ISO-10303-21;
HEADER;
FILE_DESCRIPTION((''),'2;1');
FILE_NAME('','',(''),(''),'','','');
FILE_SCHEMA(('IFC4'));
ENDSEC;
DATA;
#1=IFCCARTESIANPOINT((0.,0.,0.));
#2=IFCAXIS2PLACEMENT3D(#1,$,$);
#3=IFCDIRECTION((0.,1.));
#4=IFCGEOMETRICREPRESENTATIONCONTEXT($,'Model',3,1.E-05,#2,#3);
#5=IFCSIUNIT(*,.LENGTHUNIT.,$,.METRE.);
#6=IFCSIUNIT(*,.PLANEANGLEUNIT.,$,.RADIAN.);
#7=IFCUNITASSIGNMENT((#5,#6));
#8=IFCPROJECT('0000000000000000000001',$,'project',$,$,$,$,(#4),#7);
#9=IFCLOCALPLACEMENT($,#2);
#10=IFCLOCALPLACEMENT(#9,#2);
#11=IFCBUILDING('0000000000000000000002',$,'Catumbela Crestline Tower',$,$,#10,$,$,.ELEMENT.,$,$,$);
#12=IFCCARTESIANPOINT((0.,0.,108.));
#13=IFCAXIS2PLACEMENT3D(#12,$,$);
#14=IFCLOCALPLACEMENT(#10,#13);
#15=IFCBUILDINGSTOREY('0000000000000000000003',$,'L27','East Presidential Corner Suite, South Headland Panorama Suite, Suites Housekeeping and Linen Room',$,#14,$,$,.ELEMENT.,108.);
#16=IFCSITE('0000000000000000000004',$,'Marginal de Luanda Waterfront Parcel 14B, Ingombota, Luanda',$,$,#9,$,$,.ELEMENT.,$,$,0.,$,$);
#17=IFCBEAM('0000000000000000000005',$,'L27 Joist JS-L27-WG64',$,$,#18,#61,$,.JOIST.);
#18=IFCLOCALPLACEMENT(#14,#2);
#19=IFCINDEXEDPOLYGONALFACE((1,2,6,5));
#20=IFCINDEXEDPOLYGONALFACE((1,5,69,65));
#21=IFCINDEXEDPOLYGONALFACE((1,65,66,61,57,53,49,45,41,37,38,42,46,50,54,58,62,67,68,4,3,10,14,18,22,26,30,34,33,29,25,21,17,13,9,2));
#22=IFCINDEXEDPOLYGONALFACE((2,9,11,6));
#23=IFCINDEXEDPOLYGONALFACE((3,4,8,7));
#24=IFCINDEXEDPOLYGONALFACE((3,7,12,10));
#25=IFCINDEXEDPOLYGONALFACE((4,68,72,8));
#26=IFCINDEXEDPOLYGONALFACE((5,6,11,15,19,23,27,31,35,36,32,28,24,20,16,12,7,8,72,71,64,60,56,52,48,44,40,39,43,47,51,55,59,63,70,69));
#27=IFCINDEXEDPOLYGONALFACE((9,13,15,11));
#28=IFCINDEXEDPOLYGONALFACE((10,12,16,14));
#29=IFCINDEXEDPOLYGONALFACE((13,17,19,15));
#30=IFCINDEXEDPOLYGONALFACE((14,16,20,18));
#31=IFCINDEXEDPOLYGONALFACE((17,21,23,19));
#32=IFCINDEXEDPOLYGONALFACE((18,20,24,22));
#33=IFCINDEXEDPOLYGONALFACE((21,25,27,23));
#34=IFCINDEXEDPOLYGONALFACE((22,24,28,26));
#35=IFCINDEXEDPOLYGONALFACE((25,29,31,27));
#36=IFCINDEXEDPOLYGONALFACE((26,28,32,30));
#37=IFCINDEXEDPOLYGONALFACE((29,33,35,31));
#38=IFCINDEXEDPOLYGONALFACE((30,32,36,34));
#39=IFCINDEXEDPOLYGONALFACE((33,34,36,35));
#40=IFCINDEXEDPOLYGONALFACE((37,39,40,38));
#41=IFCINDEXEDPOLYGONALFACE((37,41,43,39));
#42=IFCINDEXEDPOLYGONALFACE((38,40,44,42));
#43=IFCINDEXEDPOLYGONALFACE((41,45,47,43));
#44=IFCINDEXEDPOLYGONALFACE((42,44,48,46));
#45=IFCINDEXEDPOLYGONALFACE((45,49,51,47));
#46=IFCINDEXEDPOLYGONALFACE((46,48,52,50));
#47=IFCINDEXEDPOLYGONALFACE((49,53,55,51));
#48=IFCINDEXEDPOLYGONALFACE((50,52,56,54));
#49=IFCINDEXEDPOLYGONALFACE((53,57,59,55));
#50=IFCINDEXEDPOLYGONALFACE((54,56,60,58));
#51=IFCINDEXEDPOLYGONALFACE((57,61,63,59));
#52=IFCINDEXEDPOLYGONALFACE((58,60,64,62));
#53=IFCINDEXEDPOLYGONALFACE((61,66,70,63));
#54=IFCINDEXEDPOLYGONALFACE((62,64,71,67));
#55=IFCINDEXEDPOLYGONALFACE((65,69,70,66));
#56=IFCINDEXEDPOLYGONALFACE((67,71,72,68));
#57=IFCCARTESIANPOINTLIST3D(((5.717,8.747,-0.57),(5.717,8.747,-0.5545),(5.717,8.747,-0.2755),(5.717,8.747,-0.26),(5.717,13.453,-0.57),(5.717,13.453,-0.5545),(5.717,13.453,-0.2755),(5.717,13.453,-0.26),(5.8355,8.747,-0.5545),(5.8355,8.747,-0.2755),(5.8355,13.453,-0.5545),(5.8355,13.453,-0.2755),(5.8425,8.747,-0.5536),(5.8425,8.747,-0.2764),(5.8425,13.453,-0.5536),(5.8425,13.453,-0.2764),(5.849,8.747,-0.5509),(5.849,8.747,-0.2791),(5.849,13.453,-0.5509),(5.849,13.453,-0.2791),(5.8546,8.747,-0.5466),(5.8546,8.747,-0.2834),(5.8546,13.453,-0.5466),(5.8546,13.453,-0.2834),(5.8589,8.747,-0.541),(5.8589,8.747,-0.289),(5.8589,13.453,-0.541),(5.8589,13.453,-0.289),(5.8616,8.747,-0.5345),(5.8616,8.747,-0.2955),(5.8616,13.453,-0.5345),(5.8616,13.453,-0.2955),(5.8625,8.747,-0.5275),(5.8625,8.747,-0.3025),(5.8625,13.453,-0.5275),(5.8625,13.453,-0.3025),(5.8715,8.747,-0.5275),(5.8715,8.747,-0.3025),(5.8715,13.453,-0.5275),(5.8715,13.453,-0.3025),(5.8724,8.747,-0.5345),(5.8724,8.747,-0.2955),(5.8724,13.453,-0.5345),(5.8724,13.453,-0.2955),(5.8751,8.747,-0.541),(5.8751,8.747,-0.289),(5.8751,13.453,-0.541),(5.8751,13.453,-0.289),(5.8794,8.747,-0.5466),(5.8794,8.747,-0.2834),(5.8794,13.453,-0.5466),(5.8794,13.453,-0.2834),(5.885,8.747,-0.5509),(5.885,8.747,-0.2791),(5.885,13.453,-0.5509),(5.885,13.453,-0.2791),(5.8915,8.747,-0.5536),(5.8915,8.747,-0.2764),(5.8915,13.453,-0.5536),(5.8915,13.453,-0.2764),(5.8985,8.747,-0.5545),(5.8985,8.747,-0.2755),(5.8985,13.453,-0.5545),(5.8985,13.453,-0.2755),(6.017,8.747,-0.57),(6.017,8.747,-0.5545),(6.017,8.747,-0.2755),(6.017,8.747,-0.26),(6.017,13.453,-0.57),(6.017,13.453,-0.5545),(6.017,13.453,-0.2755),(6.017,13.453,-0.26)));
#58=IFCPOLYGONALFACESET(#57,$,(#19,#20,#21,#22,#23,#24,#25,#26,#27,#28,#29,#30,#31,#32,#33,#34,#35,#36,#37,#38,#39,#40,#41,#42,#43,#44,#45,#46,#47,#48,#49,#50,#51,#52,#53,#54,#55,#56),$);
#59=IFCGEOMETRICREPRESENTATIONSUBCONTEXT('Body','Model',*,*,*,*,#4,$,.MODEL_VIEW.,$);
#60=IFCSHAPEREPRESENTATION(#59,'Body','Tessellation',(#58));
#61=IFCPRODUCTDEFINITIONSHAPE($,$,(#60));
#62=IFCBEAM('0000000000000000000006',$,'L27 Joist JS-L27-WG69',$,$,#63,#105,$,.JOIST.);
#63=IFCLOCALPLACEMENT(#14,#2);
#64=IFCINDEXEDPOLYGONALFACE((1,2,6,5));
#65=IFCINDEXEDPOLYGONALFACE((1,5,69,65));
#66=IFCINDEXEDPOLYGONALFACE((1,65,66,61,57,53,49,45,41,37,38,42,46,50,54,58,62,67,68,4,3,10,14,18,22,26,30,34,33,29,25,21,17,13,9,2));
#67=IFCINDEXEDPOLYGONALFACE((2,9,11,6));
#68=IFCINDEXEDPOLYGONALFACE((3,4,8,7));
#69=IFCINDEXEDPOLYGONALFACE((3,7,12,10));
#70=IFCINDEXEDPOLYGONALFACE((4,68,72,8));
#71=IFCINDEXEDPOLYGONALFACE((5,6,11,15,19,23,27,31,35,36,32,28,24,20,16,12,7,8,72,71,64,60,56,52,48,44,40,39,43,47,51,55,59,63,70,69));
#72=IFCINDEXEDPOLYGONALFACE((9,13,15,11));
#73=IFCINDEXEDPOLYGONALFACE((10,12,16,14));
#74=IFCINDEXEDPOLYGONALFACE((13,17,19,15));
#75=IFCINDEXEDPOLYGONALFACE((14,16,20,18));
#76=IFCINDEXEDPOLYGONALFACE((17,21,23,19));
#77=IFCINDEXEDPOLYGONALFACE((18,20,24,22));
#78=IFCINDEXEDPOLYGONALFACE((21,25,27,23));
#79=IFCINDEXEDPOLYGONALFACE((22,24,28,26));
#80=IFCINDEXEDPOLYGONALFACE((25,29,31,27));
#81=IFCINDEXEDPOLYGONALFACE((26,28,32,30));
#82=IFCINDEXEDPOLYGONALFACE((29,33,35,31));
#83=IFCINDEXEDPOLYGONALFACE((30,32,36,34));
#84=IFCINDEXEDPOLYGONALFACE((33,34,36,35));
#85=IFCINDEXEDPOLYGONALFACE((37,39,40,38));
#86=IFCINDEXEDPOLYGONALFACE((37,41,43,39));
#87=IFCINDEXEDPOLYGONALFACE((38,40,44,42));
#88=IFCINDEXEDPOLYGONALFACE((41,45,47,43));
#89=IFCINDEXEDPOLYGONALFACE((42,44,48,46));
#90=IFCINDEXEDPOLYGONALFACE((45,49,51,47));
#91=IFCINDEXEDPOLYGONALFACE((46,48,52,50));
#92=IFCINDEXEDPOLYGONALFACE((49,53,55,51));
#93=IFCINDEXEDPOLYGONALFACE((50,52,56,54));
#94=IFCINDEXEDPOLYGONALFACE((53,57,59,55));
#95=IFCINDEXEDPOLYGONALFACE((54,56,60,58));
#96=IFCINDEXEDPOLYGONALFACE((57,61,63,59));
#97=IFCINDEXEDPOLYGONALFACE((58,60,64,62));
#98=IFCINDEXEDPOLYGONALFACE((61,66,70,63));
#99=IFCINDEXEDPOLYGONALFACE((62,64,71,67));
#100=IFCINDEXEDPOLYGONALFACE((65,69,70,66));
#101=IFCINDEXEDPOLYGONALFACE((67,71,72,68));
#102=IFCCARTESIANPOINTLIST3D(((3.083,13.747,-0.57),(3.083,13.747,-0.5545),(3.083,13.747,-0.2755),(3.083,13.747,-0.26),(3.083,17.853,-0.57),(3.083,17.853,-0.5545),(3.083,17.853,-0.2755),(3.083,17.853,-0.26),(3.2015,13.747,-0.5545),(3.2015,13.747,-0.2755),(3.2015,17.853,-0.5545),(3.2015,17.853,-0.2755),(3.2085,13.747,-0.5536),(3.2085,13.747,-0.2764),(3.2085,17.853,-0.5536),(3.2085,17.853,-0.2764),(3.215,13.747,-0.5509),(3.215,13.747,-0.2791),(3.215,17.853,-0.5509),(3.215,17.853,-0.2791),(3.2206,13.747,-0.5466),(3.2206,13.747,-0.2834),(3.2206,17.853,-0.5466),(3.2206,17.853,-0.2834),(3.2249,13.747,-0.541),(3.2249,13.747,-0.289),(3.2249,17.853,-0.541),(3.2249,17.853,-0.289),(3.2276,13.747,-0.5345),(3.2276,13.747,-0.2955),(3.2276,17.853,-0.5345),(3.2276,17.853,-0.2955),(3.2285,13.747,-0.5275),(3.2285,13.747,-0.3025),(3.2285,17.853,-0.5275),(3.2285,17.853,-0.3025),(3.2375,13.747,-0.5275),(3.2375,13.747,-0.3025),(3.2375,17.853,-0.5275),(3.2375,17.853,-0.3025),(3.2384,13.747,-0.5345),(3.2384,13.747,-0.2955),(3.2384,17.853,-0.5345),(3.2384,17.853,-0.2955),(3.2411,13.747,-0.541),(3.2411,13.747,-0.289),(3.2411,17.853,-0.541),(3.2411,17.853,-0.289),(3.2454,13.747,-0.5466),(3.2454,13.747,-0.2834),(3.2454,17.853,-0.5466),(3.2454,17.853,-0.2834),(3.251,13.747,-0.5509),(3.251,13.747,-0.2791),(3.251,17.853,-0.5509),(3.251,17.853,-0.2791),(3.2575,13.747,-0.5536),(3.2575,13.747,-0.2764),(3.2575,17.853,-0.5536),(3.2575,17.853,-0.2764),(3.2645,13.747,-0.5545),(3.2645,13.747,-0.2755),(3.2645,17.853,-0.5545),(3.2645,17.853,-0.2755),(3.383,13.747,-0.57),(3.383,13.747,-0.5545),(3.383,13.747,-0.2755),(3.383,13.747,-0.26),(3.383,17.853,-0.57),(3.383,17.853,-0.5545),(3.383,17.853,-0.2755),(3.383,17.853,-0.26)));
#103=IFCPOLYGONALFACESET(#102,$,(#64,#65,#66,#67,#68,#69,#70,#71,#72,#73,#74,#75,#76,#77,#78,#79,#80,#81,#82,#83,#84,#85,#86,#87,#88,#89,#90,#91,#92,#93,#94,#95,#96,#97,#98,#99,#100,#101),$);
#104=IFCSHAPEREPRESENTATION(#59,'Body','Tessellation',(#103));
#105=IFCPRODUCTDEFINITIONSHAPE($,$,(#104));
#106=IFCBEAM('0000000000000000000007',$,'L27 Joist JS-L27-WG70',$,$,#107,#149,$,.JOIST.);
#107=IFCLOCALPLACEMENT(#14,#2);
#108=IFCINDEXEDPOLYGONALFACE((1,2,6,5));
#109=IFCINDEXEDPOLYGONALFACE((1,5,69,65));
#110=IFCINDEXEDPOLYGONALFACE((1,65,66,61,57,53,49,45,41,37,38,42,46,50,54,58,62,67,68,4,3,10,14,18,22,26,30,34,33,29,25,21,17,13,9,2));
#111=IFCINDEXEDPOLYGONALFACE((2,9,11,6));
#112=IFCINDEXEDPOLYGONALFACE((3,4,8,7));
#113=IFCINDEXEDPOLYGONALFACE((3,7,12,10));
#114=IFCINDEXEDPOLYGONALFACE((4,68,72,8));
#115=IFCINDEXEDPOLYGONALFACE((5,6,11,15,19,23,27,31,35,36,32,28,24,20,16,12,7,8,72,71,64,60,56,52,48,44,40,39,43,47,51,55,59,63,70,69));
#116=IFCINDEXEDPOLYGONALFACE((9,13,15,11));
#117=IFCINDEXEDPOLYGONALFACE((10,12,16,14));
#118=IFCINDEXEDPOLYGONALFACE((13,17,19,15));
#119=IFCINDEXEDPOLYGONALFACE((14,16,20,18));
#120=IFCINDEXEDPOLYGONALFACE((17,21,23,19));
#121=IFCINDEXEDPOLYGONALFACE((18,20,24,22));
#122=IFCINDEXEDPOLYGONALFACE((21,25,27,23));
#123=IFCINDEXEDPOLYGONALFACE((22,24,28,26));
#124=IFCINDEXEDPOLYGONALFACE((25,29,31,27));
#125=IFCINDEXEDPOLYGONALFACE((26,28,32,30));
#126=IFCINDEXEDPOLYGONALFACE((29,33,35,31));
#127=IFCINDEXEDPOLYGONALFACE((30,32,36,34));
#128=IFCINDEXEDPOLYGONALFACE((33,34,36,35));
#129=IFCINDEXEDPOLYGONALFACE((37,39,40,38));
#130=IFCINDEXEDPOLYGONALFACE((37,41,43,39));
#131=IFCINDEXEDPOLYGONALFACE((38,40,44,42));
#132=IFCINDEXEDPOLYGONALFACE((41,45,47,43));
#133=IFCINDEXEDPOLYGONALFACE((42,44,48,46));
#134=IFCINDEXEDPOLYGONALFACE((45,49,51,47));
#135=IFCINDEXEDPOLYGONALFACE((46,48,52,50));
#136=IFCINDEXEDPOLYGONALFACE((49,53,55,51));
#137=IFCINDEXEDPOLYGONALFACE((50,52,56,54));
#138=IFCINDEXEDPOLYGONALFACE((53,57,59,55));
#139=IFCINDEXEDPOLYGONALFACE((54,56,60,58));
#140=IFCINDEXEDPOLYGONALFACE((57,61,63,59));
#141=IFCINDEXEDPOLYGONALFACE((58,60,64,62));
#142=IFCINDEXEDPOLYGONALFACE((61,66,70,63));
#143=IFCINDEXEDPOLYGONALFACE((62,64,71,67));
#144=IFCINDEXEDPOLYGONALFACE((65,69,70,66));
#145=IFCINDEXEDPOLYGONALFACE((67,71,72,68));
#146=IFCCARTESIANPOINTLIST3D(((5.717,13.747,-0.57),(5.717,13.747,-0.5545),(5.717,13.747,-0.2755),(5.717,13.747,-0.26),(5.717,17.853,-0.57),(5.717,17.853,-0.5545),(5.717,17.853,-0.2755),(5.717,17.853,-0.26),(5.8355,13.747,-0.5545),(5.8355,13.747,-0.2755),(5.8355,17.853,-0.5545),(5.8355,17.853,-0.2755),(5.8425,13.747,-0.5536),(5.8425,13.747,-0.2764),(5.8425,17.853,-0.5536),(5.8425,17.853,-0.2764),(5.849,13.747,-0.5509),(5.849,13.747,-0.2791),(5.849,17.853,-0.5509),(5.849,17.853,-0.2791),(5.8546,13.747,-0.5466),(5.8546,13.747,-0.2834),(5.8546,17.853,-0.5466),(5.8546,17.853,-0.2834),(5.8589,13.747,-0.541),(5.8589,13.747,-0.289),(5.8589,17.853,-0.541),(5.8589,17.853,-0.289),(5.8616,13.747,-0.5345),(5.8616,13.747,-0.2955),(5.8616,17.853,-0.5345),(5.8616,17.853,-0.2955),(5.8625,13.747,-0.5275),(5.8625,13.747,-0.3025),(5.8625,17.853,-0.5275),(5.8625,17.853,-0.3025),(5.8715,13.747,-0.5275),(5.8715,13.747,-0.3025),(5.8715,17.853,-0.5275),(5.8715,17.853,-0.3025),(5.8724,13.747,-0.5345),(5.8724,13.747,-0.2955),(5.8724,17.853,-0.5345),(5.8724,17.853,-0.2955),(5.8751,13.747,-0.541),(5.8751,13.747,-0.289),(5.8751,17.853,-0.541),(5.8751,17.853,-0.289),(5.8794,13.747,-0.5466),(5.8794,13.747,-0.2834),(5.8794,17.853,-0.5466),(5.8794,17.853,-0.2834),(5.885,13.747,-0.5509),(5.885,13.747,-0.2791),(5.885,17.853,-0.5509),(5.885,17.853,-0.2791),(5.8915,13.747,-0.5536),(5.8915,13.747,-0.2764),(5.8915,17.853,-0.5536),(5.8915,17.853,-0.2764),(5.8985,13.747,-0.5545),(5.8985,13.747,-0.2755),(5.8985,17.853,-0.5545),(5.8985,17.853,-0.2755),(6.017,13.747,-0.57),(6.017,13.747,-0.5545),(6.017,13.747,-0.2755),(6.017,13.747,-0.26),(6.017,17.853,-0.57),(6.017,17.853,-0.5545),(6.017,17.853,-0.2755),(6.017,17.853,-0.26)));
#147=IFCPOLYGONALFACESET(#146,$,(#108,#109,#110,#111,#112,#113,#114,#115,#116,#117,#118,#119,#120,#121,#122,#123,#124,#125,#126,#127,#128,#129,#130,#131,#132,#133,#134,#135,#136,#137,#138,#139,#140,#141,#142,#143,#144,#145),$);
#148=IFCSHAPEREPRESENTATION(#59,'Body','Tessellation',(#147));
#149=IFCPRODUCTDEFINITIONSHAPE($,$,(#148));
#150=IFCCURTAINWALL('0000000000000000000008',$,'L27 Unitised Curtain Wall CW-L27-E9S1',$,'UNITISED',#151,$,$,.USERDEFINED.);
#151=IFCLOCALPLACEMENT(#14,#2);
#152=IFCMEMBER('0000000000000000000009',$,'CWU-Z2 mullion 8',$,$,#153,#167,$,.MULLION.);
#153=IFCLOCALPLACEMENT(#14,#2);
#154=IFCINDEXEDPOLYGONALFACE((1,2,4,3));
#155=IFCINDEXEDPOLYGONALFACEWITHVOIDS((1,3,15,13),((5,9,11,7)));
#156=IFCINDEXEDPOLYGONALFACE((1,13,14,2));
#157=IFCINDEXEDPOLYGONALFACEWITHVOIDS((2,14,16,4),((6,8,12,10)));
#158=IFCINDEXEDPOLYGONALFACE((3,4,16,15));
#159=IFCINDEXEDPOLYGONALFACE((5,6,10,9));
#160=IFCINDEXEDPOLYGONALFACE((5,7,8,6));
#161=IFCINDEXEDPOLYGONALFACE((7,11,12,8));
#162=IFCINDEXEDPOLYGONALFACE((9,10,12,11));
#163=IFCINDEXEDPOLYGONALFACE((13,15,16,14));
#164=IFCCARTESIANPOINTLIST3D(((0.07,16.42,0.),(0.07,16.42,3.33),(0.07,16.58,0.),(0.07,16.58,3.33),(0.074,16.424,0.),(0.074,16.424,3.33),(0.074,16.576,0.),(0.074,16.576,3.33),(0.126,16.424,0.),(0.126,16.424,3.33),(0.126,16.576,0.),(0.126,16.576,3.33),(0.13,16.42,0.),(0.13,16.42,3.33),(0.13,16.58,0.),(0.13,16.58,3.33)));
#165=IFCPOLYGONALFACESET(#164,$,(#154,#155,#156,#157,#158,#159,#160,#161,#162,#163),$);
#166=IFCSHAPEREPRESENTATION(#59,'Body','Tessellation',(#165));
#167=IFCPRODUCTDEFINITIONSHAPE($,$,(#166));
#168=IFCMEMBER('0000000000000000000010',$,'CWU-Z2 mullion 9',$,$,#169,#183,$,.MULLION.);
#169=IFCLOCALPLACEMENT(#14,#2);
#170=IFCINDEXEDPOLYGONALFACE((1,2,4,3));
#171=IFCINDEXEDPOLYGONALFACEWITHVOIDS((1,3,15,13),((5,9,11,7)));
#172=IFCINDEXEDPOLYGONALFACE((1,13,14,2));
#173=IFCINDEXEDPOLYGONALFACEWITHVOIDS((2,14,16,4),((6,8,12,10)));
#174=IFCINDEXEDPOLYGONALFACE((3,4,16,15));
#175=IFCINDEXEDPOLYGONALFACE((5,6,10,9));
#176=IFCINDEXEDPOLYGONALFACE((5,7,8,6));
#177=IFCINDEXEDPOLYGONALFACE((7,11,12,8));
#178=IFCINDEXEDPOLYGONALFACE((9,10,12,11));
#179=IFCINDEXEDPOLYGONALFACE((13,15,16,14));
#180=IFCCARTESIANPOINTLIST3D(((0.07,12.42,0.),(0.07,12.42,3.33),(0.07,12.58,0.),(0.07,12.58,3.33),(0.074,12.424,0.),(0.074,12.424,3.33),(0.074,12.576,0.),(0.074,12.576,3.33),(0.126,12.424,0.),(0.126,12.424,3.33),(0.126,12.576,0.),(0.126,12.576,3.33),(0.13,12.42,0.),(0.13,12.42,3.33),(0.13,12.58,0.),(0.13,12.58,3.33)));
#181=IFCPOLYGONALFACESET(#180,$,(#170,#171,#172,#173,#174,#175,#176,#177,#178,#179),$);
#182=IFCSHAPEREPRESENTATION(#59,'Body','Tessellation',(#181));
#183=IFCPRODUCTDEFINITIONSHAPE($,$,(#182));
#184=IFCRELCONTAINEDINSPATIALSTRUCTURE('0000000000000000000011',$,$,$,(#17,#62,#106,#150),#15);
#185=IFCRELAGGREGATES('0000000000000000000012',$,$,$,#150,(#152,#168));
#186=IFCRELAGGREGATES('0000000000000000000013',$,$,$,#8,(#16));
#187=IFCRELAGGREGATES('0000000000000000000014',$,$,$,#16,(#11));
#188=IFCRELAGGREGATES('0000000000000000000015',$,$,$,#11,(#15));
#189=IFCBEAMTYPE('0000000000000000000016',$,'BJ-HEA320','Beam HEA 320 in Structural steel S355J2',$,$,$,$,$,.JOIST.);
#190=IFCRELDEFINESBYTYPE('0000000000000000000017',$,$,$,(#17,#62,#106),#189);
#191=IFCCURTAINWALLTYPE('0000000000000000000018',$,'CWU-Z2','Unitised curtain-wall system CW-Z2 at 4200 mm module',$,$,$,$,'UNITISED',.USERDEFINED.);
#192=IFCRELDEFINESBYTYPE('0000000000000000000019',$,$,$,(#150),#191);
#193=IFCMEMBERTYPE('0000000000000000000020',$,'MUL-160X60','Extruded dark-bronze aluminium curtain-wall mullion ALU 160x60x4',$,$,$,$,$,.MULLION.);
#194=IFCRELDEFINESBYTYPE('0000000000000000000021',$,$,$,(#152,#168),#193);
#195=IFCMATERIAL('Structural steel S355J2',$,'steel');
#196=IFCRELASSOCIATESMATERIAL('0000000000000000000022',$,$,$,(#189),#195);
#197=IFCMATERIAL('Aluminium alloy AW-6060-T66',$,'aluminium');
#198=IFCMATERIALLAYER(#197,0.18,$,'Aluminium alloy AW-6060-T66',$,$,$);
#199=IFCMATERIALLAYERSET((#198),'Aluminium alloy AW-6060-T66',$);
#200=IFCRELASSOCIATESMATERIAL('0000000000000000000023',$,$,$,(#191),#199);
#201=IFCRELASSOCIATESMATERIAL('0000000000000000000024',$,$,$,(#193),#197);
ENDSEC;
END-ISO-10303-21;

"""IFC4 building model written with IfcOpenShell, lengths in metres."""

from ifc_helpers import new_model, si_unit, direction, frame, origin, origin_2d, place, context, subcontext, project, spatial, hollow_rectangle, i_section, extrude, material, layer, layer_set, material_profile, profile_set, type_object, element, aggregate, save


model = new_model("IFC4")

# Units and contexts
model_context = context("Model", 3, precision=1e-05, world=origin(), true_north=direction((0.0, 1.0)))
body_context = subcontext(model_context, "Body", "Model", "MODEL_VIEW")
ifc_project = project(units=[si_unit("LENGTHUNIT", "METRE"), si_unit("PLANEANGLEUNIT", "RADIAN")], contexts=[model_context])

# Site, building, storey
site_placement = place(None, origin())
site = spatial("IfcSite", under=ifc_project, at=site_placement, Name="Marginal de Luanda Waterfront Parcel 14B, Ingombota, Luanda", CompositionType="ELEMENT", RefElevation=0.0)
building_placement = place(site_placement, origin())
building = spatial("IfcBuilding", under=site, at=building_placement, Name="Catumbela Crestline Tower", CompositionType="ELEMENT")
storey_placement = place(building_placement, frame((0.0, 0.0, 108.0)))
storey = spatial("IfcBuildingStorey", under=building, at=storey_placement, Name="L27", Description="East Presidential Corner Suite, South Headland Panorama Suite, Suites Housekeeping and Linen Room", CompositionType="ELEMENT", Elevation=108.0)

# Beams
ifc_material_1 = material(Name="Structural steel S355J2", Category="steel")
ifc_material_profile_1 = material_profile(ifc_material_1, i_section(OverallWidth=0.3, OverallDepth=0.31, WebThickness=0.009, FlangeThickness=0.0155, FilletRadius=0.027, at=origin_2d()), Name="HEA 320")
ifc_profile_set_1 = profile_set([ifc_material_profile_1], Name="Structural steel S355J2")
beam_type_1 = type_object("IfcBeamType", Name="BJ-HEA320", Description="Beam HEA 320 in Structural steel S355J2", PredefinedType="JOIST", material=ifc_profile_set_1)
for number, where, z_axis, x_axis, name in (
    (1, (5.867, 8.747, -0.415), (0.0, 1.0, 0.0), (-1.0, 0.0, 0.0), "L27 Joist JS-L27-WG64"),
):
    element("IfcBeam", number, at=place(storey_placement, frame(where, z_axis=z_axis, x_axis=x_axis)), inside=storey, type_object=beam_type_1, Name=name, PredefinedType="JOIST", context=body_context, shape_type="SweptSolid", body=[
        extrude(i_section(OverallWidth=0.3, OverallDepth=0.31, WebThickness=0.009, FlangeThickness=0.0155, FilletRadius=0.027, at=origin_2d()), origin(), (0.0, 0.0, 1.0), 4.706),
    ])
for number, where, z_axis, x_axis, name in (
    (2, (3.233, 13.747, -0.415), (0.0, 1.0, 0.0), (-1.0, 0.0, 0.0), "L27 Joist JS-L27-WG69"),
    (3, (5.867, 13.747, -0.415), (0.0, 1.0, 0.0), (-1.0, 0.0, 0.0), "L27 Joist JS-L27-WG70"),
):
    element("IfcBeam", number, at=place(storey_placement, frame(where, z_axis=z_axis, x_axis=x_axis)), inside=storey, type_object=beam_type_1, Name=name, PredefinedType="JOIST", context=body_context, shape_type="SweptSolid", body=[
        extrude(i_section(OverallWidth=0.3, OverallDepth=0.31, WebThickness=0.009, FlangeThickness=0.0155, FilletRadius=0.027, at=origin_2d()), origin(), (0.0, 0.0, 1.0), 4.106),
    ])

# Curtain wall, members
ifc_material_2 = material(Name="Aluminium alloy AW-6060-T66", Category="aluminium")
ifc_layer_1 = layer(ifc_material_2, 0.18, Name="Aluminium alloy AW-6060-T66")
ifc_layer_set_1 = layer_set([ifc_layer_1], Name="Aluminium alloy AW-6060-T66")
curtain_wall_type = type_object("IfcCurtainWallType", Name="CWU-Z2", Description="Unitised curtain-wall system CW-Z2 at 4200 mm module", ElementType="UNITISED", PredefinedType="USERDEFINED", material=ifc_layer_set_1)
curtain_wall_placement = place(storey_placement, origin())
curtain_wall = element("IfcCurtainWall", 4, at=curtain_wall_placement, inside=storey, type_object=curtain_wall_type, Name="L27 Unitised Curtain Wall CW-L27-E9S1", ObjectType="UNITISED", PredefinedType="USERDEFINED")
ifc_material_profile_2 = material_profile(ifc_material_2, hollow_rectangle(XDim=0.06, YDim=0.16, WallThickness=0.004, at=origin_2d()), Name="ALU 160x60x4")
ifc_profile_set_2 = profile_set([ifc_material_profile_2], Name="Aluminium alloy AW-6060-T66")
member_type_1 = type_object("IfcMemberType", Name="MUL-160X60", Description="Extruded dark-bronze aluminium curtain-wall mullion ALU 160x60x4", PredefinedType="MULLION", material=ifc_profile_set_2)
member_1_placement = place(storey_placement, frame((0.1, 16.5, 0.0), z_axis=(0.0, 0.0, 1.0), x_axis=(1.0, 0.0, 0.0)))
member_1 = element("IfcMember", 5, at=member_1_placement, type_object=member_type_1, Name="CWU-Z2 mullion 8", PredefinedType="MULLION", context=body_context, shape_type="SweptSolid", body=[
    extrude(hollow_rectangle(XDim=0.06, YDim=0.16, WallThickness=0.004, at=origin_2d()), origin(), (0.0, 0.0, 1.0), 3.33),
])
member_2_placement = place(storey_placement, frame((0.1, 12.5, 0.0), z_axis=(0.0, 0.0, 1.0), x_axis=(1.0, 0.0, 0.0)))
member_2 = element("IfcMember", 6, at=member_2_placement, type_object=member_type_1, Name="CWU-Z2 mullion 9", PredefinedType="MULLION", context=body_context, shape_type="SweptSolid", body=[
    extrude(hollow_rectangle(XDim=0.06, YDim=0.16, WallThickness=0.004, at=origin_2d()), origin(), (0.0, 0.0, 1.0), 3.33),
])

aggregate(curtain_wall, [member_1, member_2])

save(model, "model.ifc")
